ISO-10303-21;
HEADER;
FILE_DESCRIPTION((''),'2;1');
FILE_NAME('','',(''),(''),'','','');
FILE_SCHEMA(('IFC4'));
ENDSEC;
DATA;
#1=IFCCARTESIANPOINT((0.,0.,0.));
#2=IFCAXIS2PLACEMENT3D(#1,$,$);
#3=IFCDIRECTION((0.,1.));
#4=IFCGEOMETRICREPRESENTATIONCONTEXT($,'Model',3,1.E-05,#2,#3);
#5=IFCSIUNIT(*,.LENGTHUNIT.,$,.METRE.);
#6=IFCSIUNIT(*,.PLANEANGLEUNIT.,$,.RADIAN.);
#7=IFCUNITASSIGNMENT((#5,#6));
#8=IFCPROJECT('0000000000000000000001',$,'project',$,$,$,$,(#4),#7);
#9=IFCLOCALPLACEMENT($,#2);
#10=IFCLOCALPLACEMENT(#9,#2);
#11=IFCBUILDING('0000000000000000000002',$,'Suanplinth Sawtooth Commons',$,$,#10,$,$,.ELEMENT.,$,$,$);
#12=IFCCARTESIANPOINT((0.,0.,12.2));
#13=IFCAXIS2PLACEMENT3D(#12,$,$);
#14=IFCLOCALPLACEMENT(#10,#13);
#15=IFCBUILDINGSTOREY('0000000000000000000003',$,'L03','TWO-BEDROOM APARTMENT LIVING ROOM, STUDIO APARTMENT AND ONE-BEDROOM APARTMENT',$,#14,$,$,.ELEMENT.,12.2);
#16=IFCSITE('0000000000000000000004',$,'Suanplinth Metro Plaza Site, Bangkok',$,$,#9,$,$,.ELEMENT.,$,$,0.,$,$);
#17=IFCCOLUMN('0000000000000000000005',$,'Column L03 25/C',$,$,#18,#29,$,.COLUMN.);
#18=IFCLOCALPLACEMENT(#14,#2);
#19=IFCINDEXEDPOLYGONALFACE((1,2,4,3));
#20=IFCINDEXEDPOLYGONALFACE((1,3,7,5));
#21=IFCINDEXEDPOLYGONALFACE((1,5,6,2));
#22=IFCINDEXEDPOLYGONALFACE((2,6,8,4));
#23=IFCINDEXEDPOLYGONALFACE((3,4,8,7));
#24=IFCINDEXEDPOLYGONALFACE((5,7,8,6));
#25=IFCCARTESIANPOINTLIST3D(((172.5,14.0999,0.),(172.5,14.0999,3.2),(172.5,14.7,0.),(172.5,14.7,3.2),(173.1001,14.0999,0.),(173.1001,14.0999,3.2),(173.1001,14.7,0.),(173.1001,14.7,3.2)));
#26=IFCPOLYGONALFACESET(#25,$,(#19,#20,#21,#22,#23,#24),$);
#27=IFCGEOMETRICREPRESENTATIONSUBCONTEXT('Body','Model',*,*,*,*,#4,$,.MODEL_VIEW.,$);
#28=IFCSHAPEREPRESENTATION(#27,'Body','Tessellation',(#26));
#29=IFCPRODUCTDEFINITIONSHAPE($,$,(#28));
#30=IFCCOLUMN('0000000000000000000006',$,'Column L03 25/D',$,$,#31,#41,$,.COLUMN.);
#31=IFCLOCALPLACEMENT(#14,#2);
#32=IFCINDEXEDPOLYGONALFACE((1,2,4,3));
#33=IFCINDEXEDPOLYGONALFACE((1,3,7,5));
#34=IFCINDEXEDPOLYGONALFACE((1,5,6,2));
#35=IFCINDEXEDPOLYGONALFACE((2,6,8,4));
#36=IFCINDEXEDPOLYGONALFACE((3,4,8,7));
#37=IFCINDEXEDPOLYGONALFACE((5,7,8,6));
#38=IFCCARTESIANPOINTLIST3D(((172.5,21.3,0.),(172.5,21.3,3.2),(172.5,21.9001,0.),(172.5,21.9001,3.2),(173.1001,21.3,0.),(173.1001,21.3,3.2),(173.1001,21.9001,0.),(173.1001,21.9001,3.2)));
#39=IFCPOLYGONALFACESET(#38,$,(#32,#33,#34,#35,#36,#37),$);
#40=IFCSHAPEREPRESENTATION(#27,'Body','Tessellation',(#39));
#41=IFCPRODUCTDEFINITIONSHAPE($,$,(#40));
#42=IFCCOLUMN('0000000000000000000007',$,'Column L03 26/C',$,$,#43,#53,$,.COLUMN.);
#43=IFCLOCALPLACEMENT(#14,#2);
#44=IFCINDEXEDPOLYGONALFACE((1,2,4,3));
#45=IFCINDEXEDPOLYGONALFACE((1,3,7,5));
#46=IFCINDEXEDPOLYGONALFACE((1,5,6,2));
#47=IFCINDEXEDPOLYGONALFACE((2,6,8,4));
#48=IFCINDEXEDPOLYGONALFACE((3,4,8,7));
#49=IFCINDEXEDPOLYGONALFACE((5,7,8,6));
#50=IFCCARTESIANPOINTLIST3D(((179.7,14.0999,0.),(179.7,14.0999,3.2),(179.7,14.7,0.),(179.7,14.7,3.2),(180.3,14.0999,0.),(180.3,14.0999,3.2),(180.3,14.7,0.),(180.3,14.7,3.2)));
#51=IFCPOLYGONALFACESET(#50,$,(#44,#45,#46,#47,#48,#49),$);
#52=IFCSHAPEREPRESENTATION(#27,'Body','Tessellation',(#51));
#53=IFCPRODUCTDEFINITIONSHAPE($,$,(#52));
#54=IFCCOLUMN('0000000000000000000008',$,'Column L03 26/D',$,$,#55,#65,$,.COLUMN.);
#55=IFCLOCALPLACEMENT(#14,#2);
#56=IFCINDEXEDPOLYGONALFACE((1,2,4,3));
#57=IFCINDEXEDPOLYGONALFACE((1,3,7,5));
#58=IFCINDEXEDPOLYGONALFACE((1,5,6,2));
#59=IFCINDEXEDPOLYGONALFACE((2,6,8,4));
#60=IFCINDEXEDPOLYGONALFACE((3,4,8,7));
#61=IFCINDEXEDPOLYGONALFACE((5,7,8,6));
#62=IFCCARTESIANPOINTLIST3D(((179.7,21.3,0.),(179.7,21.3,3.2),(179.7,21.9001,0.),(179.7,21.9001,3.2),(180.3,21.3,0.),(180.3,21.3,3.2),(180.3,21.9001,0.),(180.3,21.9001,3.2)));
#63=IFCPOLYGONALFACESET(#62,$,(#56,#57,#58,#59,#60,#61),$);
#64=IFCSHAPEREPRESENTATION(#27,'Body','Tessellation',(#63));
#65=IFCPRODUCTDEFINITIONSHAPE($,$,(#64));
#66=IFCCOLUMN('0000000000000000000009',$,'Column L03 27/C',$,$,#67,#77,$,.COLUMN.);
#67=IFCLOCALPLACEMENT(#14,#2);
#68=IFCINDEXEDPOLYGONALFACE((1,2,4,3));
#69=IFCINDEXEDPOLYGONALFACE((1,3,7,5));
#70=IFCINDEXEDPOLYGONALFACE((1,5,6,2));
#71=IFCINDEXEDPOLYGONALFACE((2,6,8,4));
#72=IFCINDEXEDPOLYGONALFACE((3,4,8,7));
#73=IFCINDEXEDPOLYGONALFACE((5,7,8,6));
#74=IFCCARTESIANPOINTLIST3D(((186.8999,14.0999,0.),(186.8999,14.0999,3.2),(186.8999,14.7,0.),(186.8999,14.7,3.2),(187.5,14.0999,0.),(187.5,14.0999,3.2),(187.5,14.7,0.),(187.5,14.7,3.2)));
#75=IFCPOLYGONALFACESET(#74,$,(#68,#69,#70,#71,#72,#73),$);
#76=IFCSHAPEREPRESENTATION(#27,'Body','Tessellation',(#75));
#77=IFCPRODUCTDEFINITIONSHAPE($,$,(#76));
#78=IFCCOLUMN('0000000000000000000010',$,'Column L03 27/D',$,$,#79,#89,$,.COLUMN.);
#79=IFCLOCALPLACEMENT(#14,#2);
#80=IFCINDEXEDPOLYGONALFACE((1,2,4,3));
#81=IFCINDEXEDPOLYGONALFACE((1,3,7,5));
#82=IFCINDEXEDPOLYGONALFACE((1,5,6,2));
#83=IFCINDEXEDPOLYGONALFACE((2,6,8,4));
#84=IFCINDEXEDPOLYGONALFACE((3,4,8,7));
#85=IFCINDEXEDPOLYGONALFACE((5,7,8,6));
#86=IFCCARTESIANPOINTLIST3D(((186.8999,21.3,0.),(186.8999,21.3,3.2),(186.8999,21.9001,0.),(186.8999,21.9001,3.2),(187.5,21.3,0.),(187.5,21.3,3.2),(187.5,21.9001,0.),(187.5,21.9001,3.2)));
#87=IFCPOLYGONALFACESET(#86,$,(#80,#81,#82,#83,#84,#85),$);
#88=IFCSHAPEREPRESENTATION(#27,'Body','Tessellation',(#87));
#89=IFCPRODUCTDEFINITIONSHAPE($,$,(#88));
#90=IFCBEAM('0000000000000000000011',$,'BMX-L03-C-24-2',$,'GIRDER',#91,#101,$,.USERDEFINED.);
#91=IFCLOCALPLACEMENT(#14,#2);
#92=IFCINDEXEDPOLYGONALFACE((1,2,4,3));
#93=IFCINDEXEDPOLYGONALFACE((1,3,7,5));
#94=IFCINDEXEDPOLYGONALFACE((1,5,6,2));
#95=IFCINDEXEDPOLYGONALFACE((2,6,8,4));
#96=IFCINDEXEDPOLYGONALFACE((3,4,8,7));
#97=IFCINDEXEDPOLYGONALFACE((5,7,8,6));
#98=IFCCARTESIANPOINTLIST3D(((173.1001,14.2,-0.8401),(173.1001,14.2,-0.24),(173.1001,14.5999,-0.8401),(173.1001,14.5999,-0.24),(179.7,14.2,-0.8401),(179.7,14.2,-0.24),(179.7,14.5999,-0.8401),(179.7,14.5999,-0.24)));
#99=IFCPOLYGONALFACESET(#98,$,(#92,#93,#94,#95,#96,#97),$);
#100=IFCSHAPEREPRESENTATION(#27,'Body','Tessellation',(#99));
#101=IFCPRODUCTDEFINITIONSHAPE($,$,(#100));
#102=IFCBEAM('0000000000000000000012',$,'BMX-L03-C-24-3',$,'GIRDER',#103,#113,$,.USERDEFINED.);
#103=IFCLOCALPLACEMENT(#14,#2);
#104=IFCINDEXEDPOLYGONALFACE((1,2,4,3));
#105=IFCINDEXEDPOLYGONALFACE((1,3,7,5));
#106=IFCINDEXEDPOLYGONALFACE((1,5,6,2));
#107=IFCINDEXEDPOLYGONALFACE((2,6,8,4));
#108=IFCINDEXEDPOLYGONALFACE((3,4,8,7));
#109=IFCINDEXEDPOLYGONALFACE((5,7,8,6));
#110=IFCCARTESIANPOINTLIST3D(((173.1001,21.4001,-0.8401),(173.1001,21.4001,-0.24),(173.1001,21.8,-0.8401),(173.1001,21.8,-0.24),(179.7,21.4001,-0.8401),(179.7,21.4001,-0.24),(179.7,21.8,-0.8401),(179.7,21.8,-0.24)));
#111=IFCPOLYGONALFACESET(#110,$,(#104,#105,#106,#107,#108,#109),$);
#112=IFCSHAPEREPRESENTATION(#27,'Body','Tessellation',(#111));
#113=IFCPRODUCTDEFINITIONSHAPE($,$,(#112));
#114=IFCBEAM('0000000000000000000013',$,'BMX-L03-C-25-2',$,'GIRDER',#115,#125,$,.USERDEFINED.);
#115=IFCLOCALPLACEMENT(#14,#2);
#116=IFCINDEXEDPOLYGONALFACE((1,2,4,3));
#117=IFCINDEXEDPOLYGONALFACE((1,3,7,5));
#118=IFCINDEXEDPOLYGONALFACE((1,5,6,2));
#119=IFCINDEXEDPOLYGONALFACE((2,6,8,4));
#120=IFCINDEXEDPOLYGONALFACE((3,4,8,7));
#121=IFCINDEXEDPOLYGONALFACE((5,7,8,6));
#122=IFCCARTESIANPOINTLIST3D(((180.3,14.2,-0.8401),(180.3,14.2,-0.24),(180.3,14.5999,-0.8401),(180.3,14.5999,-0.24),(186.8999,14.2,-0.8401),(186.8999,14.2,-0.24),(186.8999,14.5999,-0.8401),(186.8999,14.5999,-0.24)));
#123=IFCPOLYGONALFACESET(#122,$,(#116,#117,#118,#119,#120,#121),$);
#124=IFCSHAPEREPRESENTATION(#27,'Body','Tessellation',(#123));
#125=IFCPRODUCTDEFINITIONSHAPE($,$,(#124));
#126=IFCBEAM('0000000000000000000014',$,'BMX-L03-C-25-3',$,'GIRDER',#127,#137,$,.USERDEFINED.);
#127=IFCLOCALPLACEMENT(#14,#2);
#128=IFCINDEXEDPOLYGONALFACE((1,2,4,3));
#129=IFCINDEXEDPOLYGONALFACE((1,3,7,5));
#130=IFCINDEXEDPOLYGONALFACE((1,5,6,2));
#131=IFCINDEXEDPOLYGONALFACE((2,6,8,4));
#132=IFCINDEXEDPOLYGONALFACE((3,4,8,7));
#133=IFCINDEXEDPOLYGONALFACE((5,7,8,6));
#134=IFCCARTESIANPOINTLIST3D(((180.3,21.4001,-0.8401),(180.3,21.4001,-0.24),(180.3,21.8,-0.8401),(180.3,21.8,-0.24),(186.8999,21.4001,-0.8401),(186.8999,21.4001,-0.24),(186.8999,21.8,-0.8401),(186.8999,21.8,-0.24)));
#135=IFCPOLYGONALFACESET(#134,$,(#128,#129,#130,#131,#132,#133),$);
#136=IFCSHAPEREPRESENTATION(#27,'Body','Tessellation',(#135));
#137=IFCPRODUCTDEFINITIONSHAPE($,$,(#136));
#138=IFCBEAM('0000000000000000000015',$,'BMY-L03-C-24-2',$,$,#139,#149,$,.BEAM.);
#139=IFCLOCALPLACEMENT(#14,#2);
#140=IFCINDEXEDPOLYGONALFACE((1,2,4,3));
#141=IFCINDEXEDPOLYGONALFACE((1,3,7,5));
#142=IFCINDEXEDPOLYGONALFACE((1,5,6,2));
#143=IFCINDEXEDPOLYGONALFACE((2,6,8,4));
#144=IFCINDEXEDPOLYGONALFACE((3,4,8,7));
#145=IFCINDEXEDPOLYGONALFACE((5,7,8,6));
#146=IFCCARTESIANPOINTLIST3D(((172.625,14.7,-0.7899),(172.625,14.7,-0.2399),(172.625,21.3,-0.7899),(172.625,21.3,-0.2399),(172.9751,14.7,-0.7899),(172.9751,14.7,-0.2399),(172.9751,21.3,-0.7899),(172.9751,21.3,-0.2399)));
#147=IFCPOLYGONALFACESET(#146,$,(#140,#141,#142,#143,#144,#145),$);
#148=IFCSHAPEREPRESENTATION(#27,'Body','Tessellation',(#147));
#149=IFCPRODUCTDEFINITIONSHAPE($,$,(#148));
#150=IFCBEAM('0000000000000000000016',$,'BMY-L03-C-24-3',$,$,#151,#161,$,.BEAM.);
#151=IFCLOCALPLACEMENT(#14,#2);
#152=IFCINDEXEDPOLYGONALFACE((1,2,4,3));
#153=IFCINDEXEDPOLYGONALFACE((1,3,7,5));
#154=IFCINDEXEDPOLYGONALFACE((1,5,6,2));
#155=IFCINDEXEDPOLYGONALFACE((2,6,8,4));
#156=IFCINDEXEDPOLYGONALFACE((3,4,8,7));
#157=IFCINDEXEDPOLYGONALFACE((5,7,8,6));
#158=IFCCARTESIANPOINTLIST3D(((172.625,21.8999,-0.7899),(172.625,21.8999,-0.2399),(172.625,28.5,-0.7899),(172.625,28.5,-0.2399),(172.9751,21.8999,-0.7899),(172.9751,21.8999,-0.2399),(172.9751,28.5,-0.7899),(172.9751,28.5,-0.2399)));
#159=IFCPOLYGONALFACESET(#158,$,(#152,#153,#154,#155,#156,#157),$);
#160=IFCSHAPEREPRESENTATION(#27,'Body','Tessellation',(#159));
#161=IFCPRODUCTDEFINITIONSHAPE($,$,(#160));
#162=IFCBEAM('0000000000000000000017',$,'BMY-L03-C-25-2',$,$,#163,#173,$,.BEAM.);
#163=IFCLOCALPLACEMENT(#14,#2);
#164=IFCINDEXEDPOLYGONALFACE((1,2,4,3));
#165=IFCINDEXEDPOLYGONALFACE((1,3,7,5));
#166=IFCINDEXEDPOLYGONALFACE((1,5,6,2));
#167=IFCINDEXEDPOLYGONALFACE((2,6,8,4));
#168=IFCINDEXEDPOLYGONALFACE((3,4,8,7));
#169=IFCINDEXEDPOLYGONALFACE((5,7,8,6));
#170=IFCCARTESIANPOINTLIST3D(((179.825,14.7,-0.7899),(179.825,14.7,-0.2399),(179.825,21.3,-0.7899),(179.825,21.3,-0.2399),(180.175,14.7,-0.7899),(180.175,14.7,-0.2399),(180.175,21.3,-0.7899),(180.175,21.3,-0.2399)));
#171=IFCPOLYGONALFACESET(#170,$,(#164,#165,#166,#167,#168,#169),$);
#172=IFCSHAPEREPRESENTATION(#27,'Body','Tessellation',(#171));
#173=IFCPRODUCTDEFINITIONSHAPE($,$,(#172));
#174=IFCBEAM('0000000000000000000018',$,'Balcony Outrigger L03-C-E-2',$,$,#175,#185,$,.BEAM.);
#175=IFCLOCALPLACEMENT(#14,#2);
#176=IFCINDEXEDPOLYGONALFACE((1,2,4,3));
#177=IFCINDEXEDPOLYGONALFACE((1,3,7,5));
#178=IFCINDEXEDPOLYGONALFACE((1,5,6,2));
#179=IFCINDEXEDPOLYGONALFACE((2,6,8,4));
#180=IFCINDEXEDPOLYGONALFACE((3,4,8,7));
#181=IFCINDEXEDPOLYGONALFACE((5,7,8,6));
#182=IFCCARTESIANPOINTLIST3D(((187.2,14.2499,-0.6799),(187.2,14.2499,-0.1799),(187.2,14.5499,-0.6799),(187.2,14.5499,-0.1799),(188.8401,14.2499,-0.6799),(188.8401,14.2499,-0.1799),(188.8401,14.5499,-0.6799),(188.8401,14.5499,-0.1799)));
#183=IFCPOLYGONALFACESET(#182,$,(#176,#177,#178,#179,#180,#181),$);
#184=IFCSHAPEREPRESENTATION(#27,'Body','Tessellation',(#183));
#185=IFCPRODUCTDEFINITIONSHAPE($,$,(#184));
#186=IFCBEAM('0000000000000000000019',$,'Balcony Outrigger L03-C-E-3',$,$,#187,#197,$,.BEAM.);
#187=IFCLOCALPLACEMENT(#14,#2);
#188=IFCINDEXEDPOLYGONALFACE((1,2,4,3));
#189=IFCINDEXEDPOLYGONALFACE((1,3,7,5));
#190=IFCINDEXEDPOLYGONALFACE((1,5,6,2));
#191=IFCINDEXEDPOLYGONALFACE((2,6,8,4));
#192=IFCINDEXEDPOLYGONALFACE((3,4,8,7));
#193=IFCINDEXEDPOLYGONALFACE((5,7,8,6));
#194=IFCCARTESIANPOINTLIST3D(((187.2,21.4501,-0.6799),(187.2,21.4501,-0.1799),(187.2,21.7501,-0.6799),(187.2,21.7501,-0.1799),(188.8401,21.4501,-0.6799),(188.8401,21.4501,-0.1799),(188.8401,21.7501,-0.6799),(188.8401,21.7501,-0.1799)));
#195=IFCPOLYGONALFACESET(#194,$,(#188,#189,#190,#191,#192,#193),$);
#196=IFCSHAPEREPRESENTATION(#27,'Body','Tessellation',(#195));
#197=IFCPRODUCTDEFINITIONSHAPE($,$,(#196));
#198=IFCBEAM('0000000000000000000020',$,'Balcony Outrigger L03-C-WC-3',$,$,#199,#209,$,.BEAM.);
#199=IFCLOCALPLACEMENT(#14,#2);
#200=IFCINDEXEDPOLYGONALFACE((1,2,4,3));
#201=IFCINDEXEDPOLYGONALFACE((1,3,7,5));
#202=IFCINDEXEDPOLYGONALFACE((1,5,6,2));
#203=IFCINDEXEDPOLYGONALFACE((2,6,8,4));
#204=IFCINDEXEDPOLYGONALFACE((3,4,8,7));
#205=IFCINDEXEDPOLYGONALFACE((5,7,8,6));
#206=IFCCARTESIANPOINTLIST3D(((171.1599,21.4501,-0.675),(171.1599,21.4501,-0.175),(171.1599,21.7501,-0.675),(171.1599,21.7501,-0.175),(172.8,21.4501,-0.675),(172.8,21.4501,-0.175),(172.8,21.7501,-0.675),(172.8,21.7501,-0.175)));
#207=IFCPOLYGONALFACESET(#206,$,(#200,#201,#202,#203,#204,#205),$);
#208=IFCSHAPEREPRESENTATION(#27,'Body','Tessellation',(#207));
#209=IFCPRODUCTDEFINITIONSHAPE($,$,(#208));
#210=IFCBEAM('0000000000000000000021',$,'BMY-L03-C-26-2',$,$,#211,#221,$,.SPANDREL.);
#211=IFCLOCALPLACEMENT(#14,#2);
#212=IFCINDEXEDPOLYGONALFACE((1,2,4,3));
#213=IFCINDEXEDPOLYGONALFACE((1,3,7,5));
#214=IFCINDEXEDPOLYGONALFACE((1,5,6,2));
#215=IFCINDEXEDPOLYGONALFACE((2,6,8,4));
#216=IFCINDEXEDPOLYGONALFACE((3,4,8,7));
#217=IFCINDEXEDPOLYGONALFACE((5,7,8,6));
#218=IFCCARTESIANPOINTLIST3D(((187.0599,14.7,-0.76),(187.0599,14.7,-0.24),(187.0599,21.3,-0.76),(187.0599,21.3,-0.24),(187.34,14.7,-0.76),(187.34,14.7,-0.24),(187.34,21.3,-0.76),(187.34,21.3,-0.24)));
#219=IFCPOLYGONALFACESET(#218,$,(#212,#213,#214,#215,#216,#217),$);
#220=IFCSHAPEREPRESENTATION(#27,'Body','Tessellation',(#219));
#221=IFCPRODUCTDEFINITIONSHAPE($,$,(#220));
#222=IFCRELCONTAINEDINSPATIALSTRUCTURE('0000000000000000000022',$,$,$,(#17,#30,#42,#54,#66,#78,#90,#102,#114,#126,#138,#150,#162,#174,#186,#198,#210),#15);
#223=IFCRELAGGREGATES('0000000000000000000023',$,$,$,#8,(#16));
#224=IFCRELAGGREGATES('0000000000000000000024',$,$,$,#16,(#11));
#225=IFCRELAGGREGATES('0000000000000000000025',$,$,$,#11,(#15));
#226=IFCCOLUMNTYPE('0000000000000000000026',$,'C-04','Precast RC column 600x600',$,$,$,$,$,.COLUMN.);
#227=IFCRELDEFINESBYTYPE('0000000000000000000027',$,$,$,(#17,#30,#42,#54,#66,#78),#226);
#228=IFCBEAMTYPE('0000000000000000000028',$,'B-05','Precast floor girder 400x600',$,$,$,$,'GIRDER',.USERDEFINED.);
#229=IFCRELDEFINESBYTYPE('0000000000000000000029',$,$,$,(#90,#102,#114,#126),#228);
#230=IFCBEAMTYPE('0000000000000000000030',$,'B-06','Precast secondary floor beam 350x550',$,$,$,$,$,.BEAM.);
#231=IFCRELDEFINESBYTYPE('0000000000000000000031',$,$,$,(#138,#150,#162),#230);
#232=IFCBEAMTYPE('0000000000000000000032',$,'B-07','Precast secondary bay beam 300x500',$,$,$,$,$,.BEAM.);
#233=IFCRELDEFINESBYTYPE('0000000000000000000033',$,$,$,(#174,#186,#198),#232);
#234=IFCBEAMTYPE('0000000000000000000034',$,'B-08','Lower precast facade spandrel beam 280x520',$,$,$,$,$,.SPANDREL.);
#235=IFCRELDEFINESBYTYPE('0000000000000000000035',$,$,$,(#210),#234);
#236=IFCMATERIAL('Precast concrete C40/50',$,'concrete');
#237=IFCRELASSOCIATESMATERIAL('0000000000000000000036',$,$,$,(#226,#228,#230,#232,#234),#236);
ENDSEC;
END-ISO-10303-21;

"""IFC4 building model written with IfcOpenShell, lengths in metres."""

from ifc_helpers import new_model, si_unit, direction, frame, origin, origin_2d, place, context, subcontext, project, spatial, rectangle, extrude, material, material_profile, profile_set, type_object, element, save


model = new_model("IFC4")

# Units and contexts
model_context = context("Model", 3, precision=1e-05, world=origin(), true_north=direction((0.0, 1.0)))
body_context = subcontext(model_context, "Body", "Model", "MODEL_VIEW")
ifc_project = project(units=[si_unit("LENGTHUNIT", "METRE"), si_unit("PLANEANGLEUNIT", "RADIAN")], contexts=[model_context])

# Site, building, storey
site_placement = place(None, origin())
site = spatial("IfcSite", under=ifc_project, at=site_placement, Name="Suanplinth Metro Plaza Site, Bangkok", CompositionType="ELEMENT", RefElevation=0.0)
building_placement = place(site_placement, origin())
building = spatial("IfcBuilding", under=site, at=building_placement, Name="Suanplinth Sawtooth Commons", CompositionType="ELEMENT")
storey_placement = place(building_placement, frame((0.0, 0.0, 12.2)))
storey = spatial("IfcBuildingStorey", under=building, at=storey_placement, Name="L03", Description="TWO-BEDROOM APARTMENT LIVING ROOM, STUDIO APARTMENT AND ONE-BEDROOM APARTMENT", CompositionType="ELEMENT", Elevation=12.2)

# Columns
ifc_material_1 = material(Name="Precast concrete C40/50", Category="concrete")
ifc_material_profile_1 = material_profile(ifc_material_1, rectangle(XDim=0.6001, YDim=0.6001, at=origin_2d()), Name="PC-COL 600x600")
ifc_profile_set_1 = profile_set([ifc_material_profile_1], Name="Precast concrete C40/50")
column_type = type_object("IfcColumnType", Name="C-04", Description="Precast RC column 600x600", PredefinedType="COLUMN", material=ifc_profile_set_1)
for number, where, z_axis, x_axis, name in (
    (1, (172.8, 14.3999, 0.0), (0.0, 0.0, 1.0), (1.0, 0.0, 0.0), "Column L03 25/C"),
    (2, (172.8, 21.6001, 0.0), (0.0, 0.0, 1.0), (1.0, 0.0, 0.0), "Column L03 25/D"),
    (3, (180.0, 14.3999, 0.0), (0.0, 0.0, 1.0), (1.0, 0.0, 0.0), "Column L03 26/C"),
    (4, (180.0, 21.6001, 0.0), (0.0, 0.0, 1.0), (1.0, 0.0, 0.0), "Column L03 26/D"),
    (5, (187.2, 14.3999, 0.0), (0.0, 0.0, 1.0), (1.0, 0.0, 0.0), "Column L03 27/C"),
    (6, (187.2, 21.6001, 0.0), (0.0, 0.0, 1.0), (1.0, 0.0, 0.0), "Column L03 27/D"),
):
    element("IfcColumn", number, at=place(storey_placement, frame(where, z_axis=z_axis, x_axis=x_axis)), inside=storey, type_object=column_type, Name=name, PredefinedType="COLUMN", context=body_context, shape_type="SweptSolid", body=[
        extrude(rectangle(XDim=0.6001, YDim=0.6001, at=origin_2d()), origin(), (0.0, 0.0, 1.0), 3.2),
    ])

# Beams
ifc_material_profile_2 = material_profile(ifc_material_1, rectangle(XDim=0.3999, YDim=0.6001, at=origin_2d()), Name="PC-GDR 400x600")
ifc_profile_set_2 = profile_set([ifc_material_profile_2], Name="Precast concrete C40/50")
beam_type_1 = type_object("IfcBeamType", Name="B-05", Description="Precast floor girder 400x600", ElementType="GIRDER", PredefinedType="USERDEFINED", material=ifc_profile_set_2)
for number, where, z_axis, x_axis, name in (
    (7, (173.1001, 14.3999, -0.54), (1.0, 0.0, 0.0), (0.0, 1.0, 0.0), "BMX-L03-C-24-2"),
    (8, (173.1001, 21.6001, -0.54), (1.0, 0.0, 0.0), (0.0, 1.0, 0.0), "BMX-L03-C-24-3"),
    (9, (180.3, 14.3999, -0.54), (1.0, 0.0, 0.0), (0.0, 1.0, 0.0), "BMX-L03-C-25-2"),
    (10, (180.3, 21.6001, -0.54), (1.0, 0.0, 0.0), (0.0, 1.0, 0.0), "BMX-L03-C-25-3"),
):
    element("IfcBeam", number, at=place(storey_placement, frame(where, z_axis=z_axis, x_axis=x_axis)), inside=storey, type_object=beam_type_1, Name=name, ObjectType="GIRDER", PredefinedType="USERDEFINED", context=body_context, shape_type="SweptSolid", body=[
        extrude(rectangle(XDim=0.3999, YDim=0.6001, at=origin_2d()), origin(), (0.0, 0.0, 1.0), 6.5999),
    ])
ifc_material_profile_3 = material_profile(ifc_material_1, rectangle(XDim=0.3501, YDim=0.55, at=origin_2d()), Name="PC-BM 350x550")
ifc_profile_set_3 = profile_set([ifc_material_profile_3], Name="Precast concrete C40/50")
beam_type_2 = type_object("IfcBeamType", Name="B-06", Description="Precast secondary floor beam 350x550", PredefinedType="BEAM", material=ifc_profile_set_3)
for number, where, z_axis, x_axis, name in (
    (11, (172.8, 14.7, -0.5149), (0.0, 1.0, 0.0), (-1.0, 0.0, 0.0), "BMY-L03-C-24-2"),
    (12, (172.8, 21.8999, -0.5149), (0.0, 1.0, 0.0), (-1.0, 0.0, 0.0), "BMY-L03-C-24-3"),
    (13, (180.0, 14.7, -0.5149), (0.0, 1.0, 0.0), (-1.0, 0.0, 0.0), "BMY-L03-C-25-2"),
):
    element("IfcBeam", number, at=place(storey_placement, frame(where, z_axis=z_axis, x_axis=x_axis)), inside=storey, type_object=beam_type_2, Name=name, PredefinedType="BEAM", context=body_context, shape_type="SweptSolid", body=[
        extrude(rectangle(XDim=0.3501, YDim=0.55, at=origin_2d()), origin(), (0.0, 0.0, 1.0), 6.6001),
    ])
ifc_material_profile_4 = material_profile(ifc_material_1, rectangle(XDim=0.3, YDim=0.5, at=origin_2d()), Name="PC-BM 300x500")
ifc_profile_set_4 = profile_set([ifc_material_profile_4], Name="Precast concrete C40/50")
beam_type_3 = type_object("IfcBeamType", Name="B-07", Description="Precast secondary bay beam 300x500", PredefinedType="BEAM", material=ifc_profile_set_4)
for number, where, z_axis, x_axis, name in (
    (14, (187.2, 14.3999, -0.4299), (1.0, 0.0, 0.0), (0.0, 1.0, 0.0), "Balcony Outrigger L03-C-E-2"),
    (15, (187.2, 21.6001, -0.4299), (1.0, 0.0, 0.0), (0.0, 1.0, 0.0), "Balcony Outrigger L03-C-E-3"),
    (16, (172.8, 21.6001, -0.425), (-1.0, 0.0, 0.0), (0.0, -1.0, 0.0), "Balcony Outrigger L03-C-WC-3"),
):
    element("IfcBeam", number, at=place(storey_placement, frame(where, z_axis=z_axis, x_axis=x_axis)), inside=storey, type_object=beam_type_3, Name=name, PredefinedType="BEAM", context=body_context, shape_type="SweptSolid", body=[
        extrude(rectangle(XDim=0.3, YDim=0.5, at=origin_2d()), origin(), (0.0, 0.0, 1.0), 1.6401),
    ])
ifc_material_profile_5 = material_profile(ifc_material_1, rectangle(XDim=0.28, YDim=0.52, at=origin_2d()), Name="PC-SP 280x520")
ifc_profile_set_5 = profile_set([ifc_material_profile_5], Name="Precast concrete C40/50")
beam_type_4 = type_object("IfcBeamType", Name="B-08", Description="Lower precast facade spandrel beam 280x520", PredefinedType="SPANDREL", material=ifc_profile_set_5)
beam_placement = place(storey_placement, frame((187.2, 14.7, -0.5), z_axis=(0.0, 1.0, 0.0), x_axis=(-1.0, 0.0, 0.0)))
element("IfcBeam", 17, at=beam_placement, inside=storey, type_object=beam_type_4, Name="BMY-L03-C-26-2", PredefinedType="SPANDREL", context=body_context, shape_type="SweptSolid", body=[
    extrude(rectangle(XDim=0.28, YDim=0.52, at=origin_2d()), origin(), (0.0, 0.0, 1.0), 6.6001),
])

save(model, "model.ifc")
